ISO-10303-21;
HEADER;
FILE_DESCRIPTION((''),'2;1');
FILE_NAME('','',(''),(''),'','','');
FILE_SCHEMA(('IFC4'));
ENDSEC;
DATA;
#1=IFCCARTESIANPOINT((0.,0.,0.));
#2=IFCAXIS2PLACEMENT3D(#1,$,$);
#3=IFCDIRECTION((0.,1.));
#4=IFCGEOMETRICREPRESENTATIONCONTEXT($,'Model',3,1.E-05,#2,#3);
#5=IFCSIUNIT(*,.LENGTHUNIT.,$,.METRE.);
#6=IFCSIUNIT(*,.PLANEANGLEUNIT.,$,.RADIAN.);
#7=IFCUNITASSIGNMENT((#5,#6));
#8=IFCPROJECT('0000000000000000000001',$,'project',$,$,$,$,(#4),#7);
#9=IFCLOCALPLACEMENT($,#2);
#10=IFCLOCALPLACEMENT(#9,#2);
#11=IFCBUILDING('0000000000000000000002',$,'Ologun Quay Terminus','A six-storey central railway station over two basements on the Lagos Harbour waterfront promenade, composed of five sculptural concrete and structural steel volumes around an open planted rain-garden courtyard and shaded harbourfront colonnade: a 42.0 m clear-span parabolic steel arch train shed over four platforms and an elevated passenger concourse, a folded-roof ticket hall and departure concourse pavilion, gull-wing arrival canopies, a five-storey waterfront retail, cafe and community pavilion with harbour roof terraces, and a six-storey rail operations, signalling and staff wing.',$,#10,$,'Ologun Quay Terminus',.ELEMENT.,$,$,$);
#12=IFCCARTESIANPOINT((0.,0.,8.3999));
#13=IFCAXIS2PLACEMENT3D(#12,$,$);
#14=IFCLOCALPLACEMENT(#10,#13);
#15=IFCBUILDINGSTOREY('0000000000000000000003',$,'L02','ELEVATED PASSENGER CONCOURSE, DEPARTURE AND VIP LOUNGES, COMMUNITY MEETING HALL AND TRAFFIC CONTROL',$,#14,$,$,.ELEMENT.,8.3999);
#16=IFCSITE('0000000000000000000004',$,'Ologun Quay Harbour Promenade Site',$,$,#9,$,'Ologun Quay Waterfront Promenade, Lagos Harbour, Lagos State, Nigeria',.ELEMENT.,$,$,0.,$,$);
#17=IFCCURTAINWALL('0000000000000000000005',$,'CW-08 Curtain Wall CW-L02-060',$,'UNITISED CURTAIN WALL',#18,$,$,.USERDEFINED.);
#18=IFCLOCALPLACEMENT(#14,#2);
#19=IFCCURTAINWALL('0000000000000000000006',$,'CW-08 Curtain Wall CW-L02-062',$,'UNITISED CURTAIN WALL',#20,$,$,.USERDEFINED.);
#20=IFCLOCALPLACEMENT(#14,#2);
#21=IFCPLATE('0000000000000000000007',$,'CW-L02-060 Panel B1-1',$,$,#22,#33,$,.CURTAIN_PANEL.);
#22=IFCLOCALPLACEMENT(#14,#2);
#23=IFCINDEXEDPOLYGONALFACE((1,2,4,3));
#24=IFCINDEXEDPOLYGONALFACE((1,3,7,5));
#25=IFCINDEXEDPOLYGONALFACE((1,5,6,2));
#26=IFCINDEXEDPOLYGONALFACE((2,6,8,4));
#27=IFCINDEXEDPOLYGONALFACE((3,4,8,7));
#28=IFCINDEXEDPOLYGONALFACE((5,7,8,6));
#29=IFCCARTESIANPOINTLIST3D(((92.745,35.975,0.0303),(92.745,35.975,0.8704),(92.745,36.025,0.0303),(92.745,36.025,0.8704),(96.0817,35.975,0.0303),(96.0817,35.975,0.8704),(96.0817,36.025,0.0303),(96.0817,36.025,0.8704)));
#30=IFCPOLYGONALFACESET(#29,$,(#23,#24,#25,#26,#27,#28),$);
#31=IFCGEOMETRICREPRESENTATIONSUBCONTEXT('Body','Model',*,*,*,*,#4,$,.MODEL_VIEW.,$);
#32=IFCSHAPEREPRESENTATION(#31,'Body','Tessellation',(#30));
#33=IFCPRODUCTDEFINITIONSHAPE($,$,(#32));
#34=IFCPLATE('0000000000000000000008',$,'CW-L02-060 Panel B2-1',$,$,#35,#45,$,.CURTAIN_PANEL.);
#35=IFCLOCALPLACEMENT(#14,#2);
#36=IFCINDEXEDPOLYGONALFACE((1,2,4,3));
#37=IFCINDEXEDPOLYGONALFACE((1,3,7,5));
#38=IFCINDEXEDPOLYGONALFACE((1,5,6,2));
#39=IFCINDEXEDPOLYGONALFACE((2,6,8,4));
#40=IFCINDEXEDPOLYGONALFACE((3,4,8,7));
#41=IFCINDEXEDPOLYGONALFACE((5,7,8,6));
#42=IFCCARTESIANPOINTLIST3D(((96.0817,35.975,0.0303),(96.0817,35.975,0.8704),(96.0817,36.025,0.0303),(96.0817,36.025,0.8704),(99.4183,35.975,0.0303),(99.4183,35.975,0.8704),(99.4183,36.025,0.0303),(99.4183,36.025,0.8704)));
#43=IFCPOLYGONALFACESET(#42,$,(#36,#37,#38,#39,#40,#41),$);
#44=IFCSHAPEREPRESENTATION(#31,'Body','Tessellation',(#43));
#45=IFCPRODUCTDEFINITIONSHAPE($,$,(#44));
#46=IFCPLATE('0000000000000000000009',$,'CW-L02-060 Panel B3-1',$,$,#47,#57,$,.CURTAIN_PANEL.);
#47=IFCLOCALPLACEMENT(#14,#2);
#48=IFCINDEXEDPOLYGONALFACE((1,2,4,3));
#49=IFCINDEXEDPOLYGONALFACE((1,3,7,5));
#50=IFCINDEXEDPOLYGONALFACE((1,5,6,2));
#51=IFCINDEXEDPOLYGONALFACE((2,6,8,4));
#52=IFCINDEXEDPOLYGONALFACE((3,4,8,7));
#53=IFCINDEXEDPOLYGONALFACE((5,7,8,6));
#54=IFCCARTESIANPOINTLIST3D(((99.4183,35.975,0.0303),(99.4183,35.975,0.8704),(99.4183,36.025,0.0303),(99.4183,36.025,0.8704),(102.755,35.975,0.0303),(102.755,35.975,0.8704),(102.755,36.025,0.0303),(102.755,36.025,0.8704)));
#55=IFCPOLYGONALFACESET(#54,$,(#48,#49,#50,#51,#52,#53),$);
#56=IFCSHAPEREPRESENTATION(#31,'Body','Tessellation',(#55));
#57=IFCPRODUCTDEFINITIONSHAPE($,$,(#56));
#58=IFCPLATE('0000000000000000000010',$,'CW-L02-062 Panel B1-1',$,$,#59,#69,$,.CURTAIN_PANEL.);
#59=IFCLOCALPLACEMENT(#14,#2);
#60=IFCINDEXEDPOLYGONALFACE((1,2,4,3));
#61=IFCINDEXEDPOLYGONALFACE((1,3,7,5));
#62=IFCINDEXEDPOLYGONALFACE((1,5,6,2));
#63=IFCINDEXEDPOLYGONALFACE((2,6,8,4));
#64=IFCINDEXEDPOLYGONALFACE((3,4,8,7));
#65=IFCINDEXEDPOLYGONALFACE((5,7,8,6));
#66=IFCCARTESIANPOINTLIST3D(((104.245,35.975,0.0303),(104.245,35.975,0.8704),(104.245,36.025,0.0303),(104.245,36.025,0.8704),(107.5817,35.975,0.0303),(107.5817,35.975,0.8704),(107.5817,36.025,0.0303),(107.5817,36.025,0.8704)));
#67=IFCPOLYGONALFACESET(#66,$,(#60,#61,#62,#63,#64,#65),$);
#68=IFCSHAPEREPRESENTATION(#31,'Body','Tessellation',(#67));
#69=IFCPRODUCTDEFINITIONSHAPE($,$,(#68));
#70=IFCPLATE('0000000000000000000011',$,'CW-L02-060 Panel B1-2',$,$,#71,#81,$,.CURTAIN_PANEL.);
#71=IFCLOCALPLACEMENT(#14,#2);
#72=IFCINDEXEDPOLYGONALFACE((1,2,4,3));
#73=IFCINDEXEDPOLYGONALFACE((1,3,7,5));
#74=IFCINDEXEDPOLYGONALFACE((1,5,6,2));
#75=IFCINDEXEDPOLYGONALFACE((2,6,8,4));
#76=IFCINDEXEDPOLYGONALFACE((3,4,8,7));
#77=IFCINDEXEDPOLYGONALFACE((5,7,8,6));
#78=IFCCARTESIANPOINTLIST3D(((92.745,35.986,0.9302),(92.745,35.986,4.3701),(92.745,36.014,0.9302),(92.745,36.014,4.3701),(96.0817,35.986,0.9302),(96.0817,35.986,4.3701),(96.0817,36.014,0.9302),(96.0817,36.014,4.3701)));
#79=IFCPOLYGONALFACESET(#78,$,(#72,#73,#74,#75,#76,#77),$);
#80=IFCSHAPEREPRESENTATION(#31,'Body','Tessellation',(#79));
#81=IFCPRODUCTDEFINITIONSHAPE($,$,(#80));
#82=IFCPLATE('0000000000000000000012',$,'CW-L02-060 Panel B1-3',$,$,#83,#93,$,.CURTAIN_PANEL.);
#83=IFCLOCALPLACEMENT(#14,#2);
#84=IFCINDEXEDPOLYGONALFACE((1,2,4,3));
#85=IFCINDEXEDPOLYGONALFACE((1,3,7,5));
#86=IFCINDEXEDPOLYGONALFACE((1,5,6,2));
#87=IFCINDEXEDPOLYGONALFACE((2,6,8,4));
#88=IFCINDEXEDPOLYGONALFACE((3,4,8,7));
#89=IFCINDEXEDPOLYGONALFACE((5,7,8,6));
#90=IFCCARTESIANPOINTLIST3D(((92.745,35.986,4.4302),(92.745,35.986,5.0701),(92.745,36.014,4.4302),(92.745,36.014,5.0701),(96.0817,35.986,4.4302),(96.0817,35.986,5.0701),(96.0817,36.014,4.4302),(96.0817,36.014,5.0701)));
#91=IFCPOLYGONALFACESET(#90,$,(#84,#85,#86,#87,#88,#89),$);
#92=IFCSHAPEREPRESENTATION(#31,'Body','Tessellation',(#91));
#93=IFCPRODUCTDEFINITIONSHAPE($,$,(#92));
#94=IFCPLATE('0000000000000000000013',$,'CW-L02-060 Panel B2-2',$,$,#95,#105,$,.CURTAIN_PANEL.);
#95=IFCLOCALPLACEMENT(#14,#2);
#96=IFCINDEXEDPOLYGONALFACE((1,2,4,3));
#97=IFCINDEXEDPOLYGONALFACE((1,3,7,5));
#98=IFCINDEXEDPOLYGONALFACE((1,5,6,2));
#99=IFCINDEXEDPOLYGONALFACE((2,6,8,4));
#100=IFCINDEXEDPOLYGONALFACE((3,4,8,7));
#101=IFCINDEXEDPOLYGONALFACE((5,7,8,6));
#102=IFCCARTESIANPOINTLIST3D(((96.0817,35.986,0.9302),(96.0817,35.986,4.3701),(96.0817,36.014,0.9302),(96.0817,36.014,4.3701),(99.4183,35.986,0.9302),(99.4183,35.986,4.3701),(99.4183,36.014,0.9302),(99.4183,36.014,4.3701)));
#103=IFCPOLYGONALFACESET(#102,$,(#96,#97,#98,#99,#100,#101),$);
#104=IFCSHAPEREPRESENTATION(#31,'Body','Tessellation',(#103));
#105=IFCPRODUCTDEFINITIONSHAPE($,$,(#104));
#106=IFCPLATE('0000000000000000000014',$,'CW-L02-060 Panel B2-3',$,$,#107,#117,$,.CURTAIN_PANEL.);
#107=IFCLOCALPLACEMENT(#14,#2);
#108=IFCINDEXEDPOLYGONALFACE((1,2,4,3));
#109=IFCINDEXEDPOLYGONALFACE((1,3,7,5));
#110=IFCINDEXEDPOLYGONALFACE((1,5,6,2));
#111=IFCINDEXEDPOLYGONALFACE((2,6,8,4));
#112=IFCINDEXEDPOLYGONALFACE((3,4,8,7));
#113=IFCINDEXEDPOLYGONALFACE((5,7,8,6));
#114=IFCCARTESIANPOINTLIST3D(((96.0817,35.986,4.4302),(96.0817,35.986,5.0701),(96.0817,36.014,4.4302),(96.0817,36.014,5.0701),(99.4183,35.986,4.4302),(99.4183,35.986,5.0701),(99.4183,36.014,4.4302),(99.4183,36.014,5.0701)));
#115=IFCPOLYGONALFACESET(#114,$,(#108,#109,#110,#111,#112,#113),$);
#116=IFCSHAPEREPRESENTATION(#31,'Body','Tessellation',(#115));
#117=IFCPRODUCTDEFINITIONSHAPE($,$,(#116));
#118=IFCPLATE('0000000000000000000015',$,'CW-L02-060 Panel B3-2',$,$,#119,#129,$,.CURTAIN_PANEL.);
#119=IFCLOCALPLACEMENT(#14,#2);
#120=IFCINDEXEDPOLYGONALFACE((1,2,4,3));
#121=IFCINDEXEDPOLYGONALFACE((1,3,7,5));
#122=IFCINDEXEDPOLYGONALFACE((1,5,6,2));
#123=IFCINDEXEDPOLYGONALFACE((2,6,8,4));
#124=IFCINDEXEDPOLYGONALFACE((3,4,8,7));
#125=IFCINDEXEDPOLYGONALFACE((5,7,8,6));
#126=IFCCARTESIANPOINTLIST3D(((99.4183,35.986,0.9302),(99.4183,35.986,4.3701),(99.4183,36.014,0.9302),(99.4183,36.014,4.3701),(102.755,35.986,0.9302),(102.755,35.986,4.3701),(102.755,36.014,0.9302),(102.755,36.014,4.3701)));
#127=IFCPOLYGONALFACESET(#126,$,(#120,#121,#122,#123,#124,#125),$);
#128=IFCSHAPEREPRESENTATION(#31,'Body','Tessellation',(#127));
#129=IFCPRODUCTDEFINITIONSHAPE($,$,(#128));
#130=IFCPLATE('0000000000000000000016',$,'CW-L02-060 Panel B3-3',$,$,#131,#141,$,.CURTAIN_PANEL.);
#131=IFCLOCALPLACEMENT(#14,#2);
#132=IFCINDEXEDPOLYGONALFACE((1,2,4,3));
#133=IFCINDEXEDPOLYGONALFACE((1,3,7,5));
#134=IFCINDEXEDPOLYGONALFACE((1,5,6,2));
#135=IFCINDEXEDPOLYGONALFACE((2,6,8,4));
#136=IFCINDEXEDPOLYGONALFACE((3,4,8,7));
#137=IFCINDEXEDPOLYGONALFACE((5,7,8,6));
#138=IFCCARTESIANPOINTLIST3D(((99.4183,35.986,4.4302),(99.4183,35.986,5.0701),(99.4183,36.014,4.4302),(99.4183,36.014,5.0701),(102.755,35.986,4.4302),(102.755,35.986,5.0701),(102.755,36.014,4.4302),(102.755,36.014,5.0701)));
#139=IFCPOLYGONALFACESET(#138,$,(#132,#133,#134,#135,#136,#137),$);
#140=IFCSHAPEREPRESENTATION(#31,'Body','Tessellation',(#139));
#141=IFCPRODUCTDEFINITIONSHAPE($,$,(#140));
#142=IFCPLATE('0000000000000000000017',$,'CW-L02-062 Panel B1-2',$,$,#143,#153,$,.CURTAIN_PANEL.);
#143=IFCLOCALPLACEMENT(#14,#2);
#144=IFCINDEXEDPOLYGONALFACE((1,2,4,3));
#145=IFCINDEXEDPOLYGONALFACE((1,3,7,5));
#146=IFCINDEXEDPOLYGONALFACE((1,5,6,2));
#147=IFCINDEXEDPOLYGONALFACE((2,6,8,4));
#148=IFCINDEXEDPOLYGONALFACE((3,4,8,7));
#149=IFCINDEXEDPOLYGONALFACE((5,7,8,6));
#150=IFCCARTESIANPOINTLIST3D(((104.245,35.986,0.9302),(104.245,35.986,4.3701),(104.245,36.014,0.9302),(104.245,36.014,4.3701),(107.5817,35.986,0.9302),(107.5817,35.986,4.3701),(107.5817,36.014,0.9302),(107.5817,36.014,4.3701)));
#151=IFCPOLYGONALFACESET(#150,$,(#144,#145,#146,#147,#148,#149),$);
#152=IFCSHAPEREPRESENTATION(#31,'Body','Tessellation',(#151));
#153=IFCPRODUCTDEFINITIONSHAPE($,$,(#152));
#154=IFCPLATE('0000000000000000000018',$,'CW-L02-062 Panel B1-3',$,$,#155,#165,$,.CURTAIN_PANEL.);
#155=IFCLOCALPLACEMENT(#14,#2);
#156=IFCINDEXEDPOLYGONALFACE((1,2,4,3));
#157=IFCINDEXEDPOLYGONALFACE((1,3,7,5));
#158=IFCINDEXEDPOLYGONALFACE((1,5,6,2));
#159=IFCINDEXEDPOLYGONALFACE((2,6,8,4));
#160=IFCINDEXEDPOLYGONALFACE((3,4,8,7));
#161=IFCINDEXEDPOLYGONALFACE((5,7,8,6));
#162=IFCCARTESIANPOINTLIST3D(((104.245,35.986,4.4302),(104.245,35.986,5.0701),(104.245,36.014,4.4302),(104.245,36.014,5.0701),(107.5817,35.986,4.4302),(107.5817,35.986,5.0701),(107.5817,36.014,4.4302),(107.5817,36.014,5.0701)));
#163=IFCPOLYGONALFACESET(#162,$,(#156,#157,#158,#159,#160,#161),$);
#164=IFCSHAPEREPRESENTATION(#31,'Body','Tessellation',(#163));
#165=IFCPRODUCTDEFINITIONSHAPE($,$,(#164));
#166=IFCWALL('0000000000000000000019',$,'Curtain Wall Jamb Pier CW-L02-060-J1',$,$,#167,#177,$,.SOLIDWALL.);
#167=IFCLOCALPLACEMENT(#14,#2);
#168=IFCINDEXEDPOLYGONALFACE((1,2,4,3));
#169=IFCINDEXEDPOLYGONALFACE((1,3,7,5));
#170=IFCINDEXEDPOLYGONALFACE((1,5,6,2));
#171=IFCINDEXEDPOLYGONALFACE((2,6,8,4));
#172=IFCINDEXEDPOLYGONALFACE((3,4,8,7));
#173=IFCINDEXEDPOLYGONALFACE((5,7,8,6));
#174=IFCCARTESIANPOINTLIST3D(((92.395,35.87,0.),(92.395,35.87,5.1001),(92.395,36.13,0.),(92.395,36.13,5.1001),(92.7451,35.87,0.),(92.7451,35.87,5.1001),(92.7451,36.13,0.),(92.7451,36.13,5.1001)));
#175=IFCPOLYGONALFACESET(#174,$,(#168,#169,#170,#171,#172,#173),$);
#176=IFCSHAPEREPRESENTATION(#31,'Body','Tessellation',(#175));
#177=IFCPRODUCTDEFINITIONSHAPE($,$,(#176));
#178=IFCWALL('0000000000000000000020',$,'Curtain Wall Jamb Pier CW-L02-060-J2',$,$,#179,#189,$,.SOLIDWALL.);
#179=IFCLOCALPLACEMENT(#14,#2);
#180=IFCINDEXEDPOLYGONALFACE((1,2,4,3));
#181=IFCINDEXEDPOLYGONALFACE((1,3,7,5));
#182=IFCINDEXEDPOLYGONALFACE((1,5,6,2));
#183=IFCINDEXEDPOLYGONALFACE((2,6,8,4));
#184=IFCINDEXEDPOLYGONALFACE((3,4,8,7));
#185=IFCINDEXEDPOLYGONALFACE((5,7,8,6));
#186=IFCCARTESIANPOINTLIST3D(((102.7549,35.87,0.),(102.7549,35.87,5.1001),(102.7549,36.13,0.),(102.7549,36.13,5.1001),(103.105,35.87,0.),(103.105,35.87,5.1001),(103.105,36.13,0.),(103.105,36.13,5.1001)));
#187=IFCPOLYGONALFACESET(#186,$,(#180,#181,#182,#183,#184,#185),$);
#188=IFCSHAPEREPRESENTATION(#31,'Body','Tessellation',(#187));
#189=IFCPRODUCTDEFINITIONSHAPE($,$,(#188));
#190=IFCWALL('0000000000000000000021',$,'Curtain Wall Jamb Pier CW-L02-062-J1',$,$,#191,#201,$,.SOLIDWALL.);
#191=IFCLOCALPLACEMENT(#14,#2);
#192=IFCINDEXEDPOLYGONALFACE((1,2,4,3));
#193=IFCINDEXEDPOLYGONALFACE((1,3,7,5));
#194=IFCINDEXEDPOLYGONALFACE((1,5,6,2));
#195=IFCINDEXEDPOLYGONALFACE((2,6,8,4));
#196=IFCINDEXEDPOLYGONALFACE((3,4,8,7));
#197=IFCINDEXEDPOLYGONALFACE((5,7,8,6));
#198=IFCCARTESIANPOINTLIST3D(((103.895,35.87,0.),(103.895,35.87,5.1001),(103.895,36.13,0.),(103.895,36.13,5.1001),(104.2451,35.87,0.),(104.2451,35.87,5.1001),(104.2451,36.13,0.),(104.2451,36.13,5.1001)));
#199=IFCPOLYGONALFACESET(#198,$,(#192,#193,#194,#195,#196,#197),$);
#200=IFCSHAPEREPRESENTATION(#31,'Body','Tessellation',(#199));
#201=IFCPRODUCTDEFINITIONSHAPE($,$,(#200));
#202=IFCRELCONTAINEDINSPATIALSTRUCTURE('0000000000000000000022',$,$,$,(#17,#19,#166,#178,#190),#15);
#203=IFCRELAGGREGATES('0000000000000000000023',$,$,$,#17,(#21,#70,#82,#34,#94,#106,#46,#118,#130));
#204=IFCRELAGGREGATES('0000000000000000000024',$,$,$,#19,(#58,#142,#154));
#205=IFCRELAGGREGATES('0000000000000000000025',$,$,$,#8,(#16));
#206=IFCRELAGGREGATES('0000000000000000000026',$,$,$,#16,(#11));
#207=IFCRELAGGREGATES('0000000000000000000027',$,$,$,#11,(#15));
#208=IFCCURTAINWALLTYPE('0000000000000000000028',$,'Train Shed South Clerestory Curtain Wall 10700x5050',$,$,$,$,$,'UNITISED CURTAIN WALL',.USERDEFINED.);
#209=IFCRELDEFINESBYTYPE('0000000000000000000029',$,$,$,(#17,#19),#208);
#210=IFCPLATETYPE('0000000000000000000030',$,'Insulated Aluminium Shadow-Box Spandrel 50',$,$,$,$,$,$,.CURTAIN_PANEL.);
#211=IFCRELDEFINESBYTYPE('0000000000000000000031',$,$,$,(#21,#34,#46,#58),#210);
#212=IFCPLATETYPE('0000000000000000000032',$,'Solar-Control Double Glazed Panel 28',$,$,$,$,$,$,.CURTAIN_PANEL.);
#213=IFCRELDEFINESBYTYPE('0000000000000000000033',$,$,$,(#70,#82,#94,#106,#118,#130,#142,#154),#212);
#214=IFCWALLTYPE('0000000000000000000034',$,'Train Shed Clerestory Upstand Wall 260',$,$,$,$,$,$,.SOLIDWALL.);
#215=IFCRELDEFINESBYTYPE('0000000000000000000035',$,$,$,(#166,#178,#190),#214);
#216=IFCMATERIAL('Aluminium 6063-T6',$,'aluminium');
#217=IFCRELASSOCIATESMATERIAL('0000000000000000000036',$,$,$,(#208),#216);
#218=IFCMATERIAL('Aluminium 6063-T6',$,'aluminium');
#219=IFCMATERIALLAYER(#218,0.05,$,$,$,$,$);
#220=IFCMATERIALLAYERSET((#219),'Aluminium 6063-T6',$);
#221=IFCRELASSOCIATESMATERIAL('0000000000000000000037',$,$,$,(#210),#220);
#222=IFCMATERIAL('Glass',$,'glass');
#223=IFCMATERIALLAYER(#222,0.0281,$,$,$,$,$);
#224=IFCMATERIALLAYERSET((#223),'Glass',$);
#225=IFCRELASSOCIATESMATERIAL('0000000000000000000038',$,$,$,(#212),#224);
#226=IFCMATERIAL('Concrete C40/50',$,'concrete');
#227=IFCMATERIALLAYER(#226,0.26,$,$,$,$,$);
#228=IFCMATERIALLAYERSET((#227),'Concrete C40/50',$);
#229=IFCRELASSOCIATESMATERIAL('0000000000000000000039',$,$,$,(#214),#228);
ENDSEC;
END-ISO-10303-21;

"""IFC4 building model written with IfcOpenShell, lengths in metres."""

from ifc_helpers import new_model, si_unit, direction, frame, frame_2d, origin, origin_2d, place, context, subcontext, project, spatial, rectangle, extrude, material, layer, layer_set, type_object, element, aggregate, save


model = new_model("IFC4")

# Units and contexts
model_context = context("Model", 3, precision=1e-05, world=origin(), true_north=direction((0.0, 1.0)))
body_context = subcontext(model_context, "Body", "Model", "MODEL_VIEW")
ifc_project = project(units=[si_unit("LENGTHUNIT", "METRE"), si_unit("PLANEANGLEUNIT", "RADIAN")], contexts=[model_context])

# Site, building, storey
site_placement = place(None, origin())
site = spatial("IfcSite", under=ifc_project, at=site_placement, Name="Ologun Quay Harbour Promenade Site", LongName="Ologun Quay Waterfront Promenade, Lagos Harbour, Lagos State, Nigeria", CompositionType="ELEMENT", RefElevation=0.0)
building_placement = place(site_placement, origin())
building = spatial("IfcBuilding", under=site, at=building_placement, Name="Ologun Quay Terminus", Description="A six-storey central railway station over two basements on the Lagos Harbour waterfront promenade, composed of five sculptural concrete and structural steel volumes around an open planted rain-garden courtyard and shaded harbourfront colonnade: a 42.0 m clear-span parabolic steel arch train shed over four platforms and an elevated passenger concourse, a folded-roof ticket hall and departure concourse pavilion, gull-wing arrival canopies, a five-storey waterfront retail, cafe and community pavilion with harbour roof terraces, and a six-storey rail operations, signalling and staff wing.", LongName="Ologun Quay Terminus", CompositionType="ELEMENT")
storey_placement = place(building_placement, frame((0.0, 0.0, 8.3999)))
storey = spatial("IfcBuildingStorey", under=building, at=storey_placement, Name="L02", Description="ELEVATED PASSENGER CONCOURSE, DEPARTURE AND VIP LOUNGES, COMMUNITY MEETING HALL AND TRAFFIC CONTROL", CompositionType="ELEMENT", Elevation=8.3999)

# Curtain walls
ifc_material_1 = material(Name="Aluminium 6063-T6", Category="aluminium")
curtain_wall_type = type_object("IfcCurtainWallType", Name="Train Shed South Clerestory Curtain Wall 10700x5050", ElementType="UNITISED CURTAIN WALL", PredefinedType="USERDEFINED", material=ifc_material_1)
curtain_wall_1_placement = place(storey_placement, origin())
curtain_wall_1 = element("IfcCurtainWall", 1, at=curtain_wall_1_placement, inside=storey, type_object=curtain_wall_type, Name="CW-08 Curtain Wall CW-L02-060", ObjectType="UNITISED CURTAIN WALL", PredefinedType="USERDEFINED")
curtain_wall_2_placement = place(storey_placement, origin())
curtain_wall_2 = element("IfcCurtainWall", 2, at=curtain_wall_2_placement, inside=storey, type_object=curtain_wall_type, Name="CW-08 Curtain Wall CW-L02-062", ObjectType="UNITISED CURTAIN WALL", PredefinedType="USERDEFINED")

# Plates
ifc_material_2 = material(Name="Aluminium 6063-T6", Category="aluminium")
ifc_layer_1 = layer(ifc_material_2, 0.05)
ifc_layer_set_1 = layer_set([ifc_layer_1], Name="Aluminium 6063-T6")
plate_type_1 = type_object("IfcPlateType", Name="Insulated Aluminium Shadow-Box Spandrel 50", PredefinedType="CURTAIN_PANEL", material=ifc_layer_set_1)
plate_1_placement = place(storey_placement, frame((94.4133, 36.0, 0.0303), z_axis=(0.0, 0.0, 1.0), x_axis=(1.0, 0.0, 0.0)))
plate_1 = element("IfcPlate", 3, at=plate_1_placement, type_object=plate_type_1, Name="CW-L02-060 Panel B1-1", PredefinedType="CURTAIN_PANEL", context=body_context, shape_type="SweptSolid", body=[
    extrude(rectangle(XDim=3.3367, YDim=0.05, at=origin_2d()), origin(), (0.0, 0.0, 1.0), 0.8401),
])
plate_2_placement = place(storey_placement, frame((97.75, 36.0, 0.0303), z_axis=(0.0, 0.0, 1.0), x_axis=(1.0, 0.0, 0.0)))
plate_2 = element("IfcPlate", 4, at=plate_2_placement, type_object=plate_type_1, Name="CW-L02-060 Panel B2-1", PredefinedType="CURTAIN_PANEL", context=body_context, shape_type="SweptSolid", body=[
    extrude(rectangle(XDim=3.3367, YDim=0.05, at=origin_2d()), origin(), (0.0, 0.0, 1.0), 0.8401),
])
plate_3_placement = place(storey_placement, frame((101.0867, 36.0, 0.0303), z_axis=(0.0, 0.0, 1.0), x_axis=(1.0, 0.0, 0.0)))
plate_3 = element("IfcPlate", 5, at=plate_3_placement, type_object=plate_type_1, Name="CW-L02-060 Panel B3-1", PredefinedType="CURTAIN_PANEL", context=body_context, shape_type="SweptSolid", body=[
    extrude(rectangle(XDim=3.3367, YDim=0.05, at=origin_2d()), origin(), (0.0, 0.0, 1.0), 0.8401),
])
plate_4_placement = place(storey_placement, frame((105.9133, 36.0, 0.0303), z_axis=(0.0, 0.0, 1.0), x_axis=(1.0, 0.0, 0.0)))
plate_4 = element("IfcPlate", 6, at=plate_4_placement, type_object=plate_type_1, Name="CW-L02-062 Panel B1-1", PredefinedType="CURTAIN_PANEL", context=body_context, shape_type="SweptSolid", body=[
    extrude(rectangle(XDim=3.3367, YDim=0.05, at=origin_2d()), origin(), (0.0, 0.0, 1.0), 0.8401),
])
ifc_material_3 = material(Name="Glass", Category="glass")
ifc_layer_2 = layer(ifc_material_3, 0.0281)
ifc_layer_set_2 = layer_set([ifc_layer_2], Name="Glass")
plate_type_2 = type_object("IfcPlateType", Name="Solar-Control Double Glazed Panel 28", PredefinedType="CURTAIN_PANEL", material=ifc_layer_set_2)
plate_5_placement = place(storey_placement, frame((94.4133, 36.0, 0.9302), z_axis=(0.0, 0.0, 1.0), x_axis=(1.0, 0.0, 0.0)))
plate_5 = element("IfcPlate", 7, at=plate_5_placement, type_object=plate_type_2, Name="CW-L02-060 Panel B1-2", PredefinedType="CURTAIN_PANEL", context=body_context, shape_type="SweptSolid", body=[
    extrude(rectangle(XDim=3.3367, YDim=0.0281, at=origin_2d()), origin(), (0.0, 0.0, 1.0), 3.4399),
])
plate_6_placement = place(storey_placement, frame((94.4133, 36.0, 4.4302), z_axis=(0.0, 0.0, 1.0), x_axis=(1.0, 0.0, 0.0)))
plate_6 = element("IfcPlate", 8, at=plate_6_placement, type_object=plate_type_2, Name="CW-L02-060 Panel B1-3", PredefinedType="CURTAIN_PANEL", context=body_context, shape_type="SweptSolid", body=[
    extrude(rectangle(XDim=3.3367, YDim=0.0281, at=origin_2d()), origin(), (0.0, 0.0, 1.0), 0.6399),
])
plate_7_placement = place(storey_placement, frame((97.75, 36.0, 0.9302), z_axis=(0.0, 0.0, 1.0), x_axis=(1.0, 0.0, 0.0)))
plate_7 = element("IfcPlate", 9, at=plate_7_placement, type_object=plate_type_2, Name="CW-L02-060 Panel B2-2", PredefinedType="CURTAIN_PANEL", context=body_context, shape_type="SweptSolid", body=[
    extrude(rectangle(XDim=3.3367, YDim=0.0281, at=origin_2d()), origin(), (0.0, 0.0, 1.0), 3.4399),
])
plate_8_placement = place(storey_placement, frame((97.75, 36.0, 4.4302), z_axis=(0.0, 0.0, 1.0), x_axis=(1.0, 0.0, 0.0)))
plate_8 = element("IfcPlate", 10, at=plate_8_placement, type_object=plate_type_2, Name="CW-L02-060 Panel B2-3", PredefinedType="CURTAIN_PANEL", context=body_context, shape_type="SweptSolid", body=[
    extrude(rectangle(XDim=3.3367, YDim=0.0281, at=origin_2d()), origin(), (0.0, 0.0, 1.0), 0.6399),
])
plate_9_placement = place(storey_placement, frame((101.0867, 36.0, 0.9302), z_axis=(0.0, 0.0, 1.0), x_axis=(1.0, 0.0, 0.0)))
plate_9 = element("IfcPlate", 11, at=plate_9_placement, type_object=plate_type_2, Name="CW-L02-060 Panel B3-2", PredefinedType="CURTAIN_PANEL", context=body_context, shape_type="SweptSolid", body=[
    extrude(rectangle(XDim=3.3367, YDim=0.0281, at=origin_2d()), origin(), (0.0, 0.0, 1.0), 3.4399),
])
plate_10_placement = place(storey_placement, frame((101.0867, 36.0, 4.4302), z_axis=(0.0, 0.0, 1.0), x_axis=(1.0, 0.0, 0.0)))
plate_10 = element("IfcPlate", 12, at=plate_10_placement, type_object=plate_type_2, Name="CW-L02-060 Panel B3-3", PredefinedType="CURTAIN_PANEL", context=body_context, shape_type="SweptSolid", body=[
    extrude(rectangle(XDim=3.3367, YDim=0.0281, at=origin_2d()), origin(), (0.0, 0.0, 1.0), 0.6399),
])
aggregate(curtain_wall_1, [plate_1, plate_5, plate_6, plate_2, plate_7, plate_8, plate_3, plate_9, plate_10])
plate_11_placement = place(storey_placement, frame((105.9133, 36.0, 0.9302), z_axis=(0.0, 0.0, 1.0), x_axis=(1.0, 0.0, 0.0)))
plate_11 = element("IfcPlate", 13, at=plate_11_placement, type_object=plate_type_2, Name="CW-L02-062 Panel B1-2", PredefinedType="CURTAIN_PANEL", context=body_context, shape_type="SweptSolid", body=[
    extrude(rectangle(XDim=3.3367, YDim=0.0281, at=origin_2d()), origin(), (0.0, 0.0, 1.0), 3.4399),
])
plate_12_placement = place(storey_placement, frame((105.9133, 36.0, 4.4302), z_axis=(0.0, 0.0, 1.0), x_axis=(1.0, 0.0, 0.0)))
plate_12 = element("IfcPlate", 14, at=plate_12_placement, type_object=plate_type_2, Name="CW-L02-062 Panel B1-3", PredefinedType="CURTAIN_PANEL", context=body_context, shape_type="SweptSolid", body=[
    extrude(rectangle(XDim=3.3367, YDim=0.0281, at=origin_2d()), origin(), (0.0, 0.0, 1.0), 0.6399),
])
aggregate(curtain_wall_2, [plate_4, plate_11, plate_12])

# Walls
ifc_material_4 = material(Name="Concrete C40/50", Category="concrete")
ifc_layer_3 = layer(ifc_material_4, 0.26)
ifc_layer_set_3 = layer_set([ifc_layer_3], Name="Concrete C40/50")
wall_type = type_object("IfcWallType", Name="Train Shed Clerestory Upstand Wall 260", PredefinedType="SOLIDWALL", material=ifc_layer_set_3)
for number, where, z_axis, x_axis, name in (
    (15, (92.395, 36.0, 0.0), (0.0, 0.0, 1.0), (1.0, 0.0, 0.0), "Curtain Wall Jamb Pier CW-L02-060-J1"),
    (16, (102.7549, 36.0, 0.0), (0.0, 0.0, 1.0), (1.0, 0.0, 0.0), "Curtain Wall Jamb Pier CW-L02-060-J2"),
    (17, (103.895, 36.0, 0.0), (0.0, 0.0, 1.0), (1.0, 0.0, 0.0), "Curtain Wall Jamb Pier CW-L02-062-J1"),
):
    element("IfcWall", number, at=place(storey_placement, frame(where, z_axis=z_axis, x_axis=x_axis)), inside=storey, type_object=wall_type, Name=name, PredefinedType="SOLIDWALL", context=body_context, shape_type="SweptSolid", body=[
        extrude(rectangle(XDim=0.3501, YDim=0.26, at=frame_2d((0.175, 0.0))), origin(), (0.0, 0.0, 1.0), 5.1001),
    ])

save(model, "model.ifc")
